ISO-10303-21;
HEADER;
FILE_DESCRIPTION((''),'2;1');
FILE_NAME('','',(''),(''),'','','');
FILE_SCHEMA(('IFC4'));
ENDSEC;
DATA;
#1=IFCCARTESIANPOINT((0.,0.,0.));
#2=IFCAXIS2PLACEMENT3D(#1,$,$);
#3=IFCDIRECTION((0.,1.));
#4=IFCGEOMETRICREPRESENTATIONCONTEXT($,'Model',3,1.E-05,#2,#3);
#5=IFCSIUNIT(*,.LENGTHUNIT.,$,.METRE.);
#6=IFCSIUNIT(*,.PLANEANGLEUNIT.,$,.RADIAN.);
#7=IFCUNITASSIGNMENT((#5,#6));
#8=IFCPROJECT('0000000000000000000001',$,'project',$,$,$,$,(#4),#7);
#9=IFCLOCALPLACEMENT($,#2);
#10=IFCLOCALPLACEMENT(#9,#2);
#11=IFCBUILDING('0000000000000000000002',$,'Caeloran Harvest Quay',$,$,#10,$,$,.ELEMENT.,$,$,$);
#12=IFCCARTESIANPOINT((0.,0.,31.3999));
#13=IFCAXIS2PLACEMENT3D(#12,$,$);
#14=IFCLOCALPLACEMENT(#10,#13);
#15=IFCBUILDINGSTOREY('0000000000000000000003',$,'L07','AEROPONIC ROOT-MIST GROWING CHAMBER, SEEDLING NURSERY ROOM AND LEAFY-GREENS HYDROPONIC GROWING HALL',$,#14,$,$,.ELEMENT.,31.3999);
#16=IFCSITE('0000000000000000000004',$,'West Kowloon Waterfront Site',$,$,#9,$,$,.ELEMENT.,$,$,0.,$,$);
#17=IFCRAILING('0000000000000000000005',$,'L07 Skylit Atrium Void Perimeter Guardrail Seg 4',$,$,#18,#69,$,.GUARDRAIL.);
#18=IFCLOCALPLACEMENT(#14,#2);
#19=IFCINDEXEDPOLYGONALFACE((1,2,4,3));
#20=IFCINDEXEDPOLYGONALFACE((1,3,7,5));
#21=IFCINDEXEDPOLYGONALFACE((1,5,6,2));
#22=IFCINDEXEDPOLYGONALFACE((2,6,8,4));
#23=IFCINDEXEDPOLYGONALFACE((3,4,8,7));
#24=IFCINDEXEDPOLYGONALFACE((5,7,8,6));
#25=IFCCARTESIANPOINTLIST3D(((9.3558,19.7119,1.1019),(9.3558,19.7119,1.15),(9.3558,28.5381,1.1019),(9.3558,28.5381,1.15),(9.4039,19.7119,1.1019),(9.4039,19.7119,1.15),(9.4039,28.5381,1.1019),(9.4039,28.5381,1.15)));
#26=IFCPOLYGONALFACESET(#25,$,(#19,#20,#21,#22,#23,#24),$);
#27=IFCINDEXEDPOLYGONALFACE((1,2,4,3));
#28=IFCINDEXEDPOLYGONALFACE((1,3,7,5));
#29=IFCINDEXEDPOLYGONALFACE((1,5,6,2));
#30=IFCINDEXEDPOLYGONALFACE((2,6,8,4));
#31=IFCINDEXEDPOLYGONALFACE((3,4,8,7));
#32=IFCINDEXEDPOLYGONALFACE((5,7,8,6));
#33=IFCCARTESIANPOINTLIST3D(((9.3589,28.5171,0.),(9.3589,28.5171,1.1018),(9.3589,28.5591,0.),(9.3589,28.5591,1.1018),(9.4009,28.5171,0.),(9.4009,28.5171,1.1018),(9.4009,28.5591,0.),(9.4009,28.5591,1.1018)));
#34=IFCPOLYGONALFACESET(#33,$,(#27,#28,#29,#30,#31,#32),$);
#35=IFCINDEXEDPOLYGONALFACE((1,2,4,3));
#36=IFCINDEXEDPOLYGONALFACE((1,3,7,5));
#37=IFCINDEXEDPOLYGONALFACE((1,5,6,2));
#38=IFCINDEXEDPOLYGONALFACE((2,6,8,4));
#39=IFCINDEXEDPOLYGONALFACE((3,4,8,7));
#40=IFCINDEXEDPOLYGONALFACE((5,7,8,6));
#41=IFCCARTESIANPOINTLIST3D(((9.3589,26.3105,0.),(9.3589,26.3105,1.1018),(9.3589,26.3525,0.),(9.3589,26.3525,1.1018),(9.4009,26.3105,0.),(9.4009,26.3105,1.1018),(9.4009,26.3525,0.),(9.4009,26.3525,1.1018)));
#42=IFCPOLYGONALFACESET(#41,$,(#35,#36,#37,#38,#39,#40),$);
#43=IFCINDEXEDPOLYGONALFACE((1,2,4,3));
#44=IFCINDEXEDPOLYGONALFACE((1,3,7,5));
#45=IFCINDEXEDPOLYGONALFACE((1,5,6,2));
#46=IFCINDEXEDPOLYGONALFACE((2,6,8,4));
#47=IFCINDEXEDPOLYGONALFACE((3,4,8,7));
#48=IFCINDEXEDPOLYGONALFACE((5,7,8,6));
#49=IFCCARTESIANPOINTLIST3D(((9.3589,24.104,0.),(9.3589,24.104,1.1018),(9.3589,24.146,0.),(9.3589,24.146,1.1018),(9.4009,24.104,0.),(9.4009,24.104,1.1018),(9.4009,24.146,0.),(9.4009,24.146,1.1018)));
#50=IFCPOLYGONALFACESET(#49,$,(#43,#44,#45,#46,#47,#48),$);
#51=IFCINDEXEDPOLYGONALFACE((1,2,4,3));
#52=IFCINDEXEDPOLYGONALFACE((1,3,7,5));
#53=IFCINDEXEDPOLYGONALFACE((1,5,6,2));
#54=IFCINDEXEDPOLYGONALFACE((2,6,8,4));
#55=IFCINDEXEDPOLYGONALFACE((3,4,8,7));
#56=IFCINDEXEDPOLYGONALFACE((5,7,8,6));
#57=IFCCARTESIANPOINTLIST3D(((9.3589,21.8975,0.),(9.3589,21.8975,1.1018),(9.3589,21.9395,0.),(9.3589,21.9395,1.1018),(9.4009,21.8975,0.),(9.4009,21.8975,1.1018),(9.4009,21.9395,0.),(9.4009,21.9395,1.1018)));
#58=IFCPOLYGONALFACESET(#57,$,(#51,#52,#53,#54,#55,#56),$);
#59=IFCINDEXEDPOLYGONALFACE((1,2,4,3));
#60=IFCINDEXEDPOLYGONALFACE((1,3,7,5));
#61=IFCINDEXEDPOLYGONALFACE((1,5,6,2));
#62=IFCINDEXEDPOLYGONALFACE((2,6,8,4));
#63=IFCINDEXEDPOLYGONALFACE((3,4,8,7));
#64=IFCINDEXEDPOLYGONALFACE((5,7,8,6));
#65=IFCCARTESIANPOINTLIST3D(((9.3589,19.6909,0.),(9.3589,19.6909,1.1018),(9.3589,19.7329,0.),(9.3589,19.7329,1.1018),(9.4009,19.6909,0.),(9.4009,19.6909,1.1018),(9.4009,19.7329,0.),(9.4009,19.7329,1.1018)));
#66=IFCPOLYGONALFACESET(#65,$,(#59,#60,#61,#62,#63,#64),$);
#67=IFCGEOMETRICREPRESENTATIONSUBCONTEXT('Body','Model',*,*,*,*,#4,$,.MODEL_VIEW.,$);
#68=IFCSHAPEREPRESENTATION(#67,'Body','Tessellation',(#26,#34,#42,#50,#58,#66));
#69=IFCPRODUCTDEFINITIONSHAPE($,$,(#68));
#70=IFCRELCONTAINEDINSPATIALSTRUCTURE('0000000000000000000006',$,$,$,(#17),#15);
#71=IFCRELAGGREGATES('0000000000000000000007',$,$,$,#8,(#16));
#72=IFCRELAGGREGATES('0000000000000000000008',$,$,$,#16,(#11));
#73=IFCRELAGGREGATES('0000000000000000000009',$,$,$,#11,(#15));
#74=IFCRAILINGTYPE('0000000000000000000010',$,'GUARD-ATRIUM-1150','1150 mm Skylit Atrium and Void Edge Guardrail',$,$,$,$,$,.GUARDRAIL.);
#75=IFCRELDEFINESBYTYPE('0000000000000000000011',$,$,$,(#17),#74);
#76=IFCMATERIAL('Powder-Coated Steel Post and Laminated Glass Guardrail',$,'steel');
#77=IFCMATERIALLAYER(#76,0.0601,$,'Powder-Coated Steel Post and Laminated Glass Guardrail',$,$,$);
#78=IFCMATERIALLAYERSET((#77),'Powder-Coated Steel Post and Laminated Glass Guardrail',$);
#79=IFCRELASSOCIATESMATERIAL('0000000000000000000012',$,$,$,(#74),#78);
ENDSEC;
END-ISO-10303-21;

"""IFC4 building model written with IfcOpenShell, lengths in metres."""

from ifc_helpers import new_model, si_unit, direction, frame, origin, origin_2d, place, context, subcontext, project, spatial, rectangle, extrude, material, layer, layer_set, type_object, element, save


model = new_model("IFC4")

# Units and contexts
model_context = context("Model", 3, precision=1e-05, world=origin(), true_north=direction((0.0, 1.0)))
body_context = subcontext(model_context, "Body", "Model", "MODEL_VIEW")
ifc_project = project(units=[si_unit("LENGTHUNIT", "METRE"), si_unit("PLANEANGLEUNIT", "RADIAN")], contexts=[model_context])

# Site, building, storey
site_placement = place(None, origin())
site = spatial("IfcSite", under=ifc_project, at=site_placement, Name="West Kowloon Waterfront Site", CompositionType="ELEMENT", RefElevation=0.0)
building_placement = place(site_placement, origin())
building = spatial("IfcBuilding", under=site, at=building_placement, Name="Caeloran Harvest Quay", CompositionType="ELEMENT")
storey_placement = place(building_placement, frame((0.0, 0.0, 31.3999)))
storey = spatial("IfcBuildingStorey", under=building, at=storey_placement, Name="L07", Description="AEROPONIC ROOT-MIST GROWING CHAMBER, SEEDLING NURSERY ROOM AND LEAFY-GREENS HYDROPONIC GROWING HALL", CompositionType="ELEMENT", Elevation=31.3999)

# Railing
ifc_material_1 = material(Name="Powder-Coated Steel Post and Laminated Glass Guardrail", Category="steel")
ifc_layer_1 = layer(ifc_material_1, 0.0601, Name="Powder-Coated Steel Post and Laminated Glass Guardrail")
ifc_layer_set_1 = layer_set([ifc_layer_1], Name="Powder-Coated Steel Post and Laminated Glass Guardrail")
railing_type = type_object("IfcRailingType", Name="GUARD-ATRIUM-1150", Description="1150 mm Skylit Atrium and Void Edge Guardrail", PredefinedType="GUARDRAIL", material=ifc_layer_set_1)
railing_placement = place(storey_placement, frame((9.3799, 28.5381, 0.0)))
element("IfcRailing", 1, at=railing_placement, inside=storey, type_object=railing_type, Name="L07 Skylit Atrium Void Perimeter Guardrail Seg 4", PredefinedType="GUARDRAIL", context=body_context, shape_type="SweptSolid", body=[
    extrude(rectangle(XDim=0.0481, YDim=0.0481, at=origin_2d()), frame((0.0, 0.0, 1.126), z_axis=(0.0, -1.0, 0.0), x_axis=(1.0, 0.0, 0.0)), (0.0, 0.0, 1.0), 8.8262),
    extrude(rectangle(XDim=0.042, YDim=0.042, at=origin_2d()), origin(), (0.0, 0.0, 1.0), 1.1018),
    extrude(rectangle(XDim=0.042, YDim=0.042, at=origin_2d()), frame((0.0, -2.2065, 0.0)), (0.0, 0.0, 1.0), 1.1018),
    extrude(rectangle(XDim=0.042, YDim=0.042, at=origin_2d()), frame((0.0, -4.4131, 0.0)), (0.0, 0.0, 1.0), 1.1018),
    extrude(rectangle(XDim=0.042, YDim=0.042, at=origin_2d()), frame((0.0, -6.6196, 0.0)), (0.0, 0.0, 1.0), 1.1018),
    extrude(rectangle(XDim=0.042, YDim=0.042, at=origin_2d()), frame((0.0, -8.8262, 0.0)), (0.0, 0.0, 1.0), 1.1018),
])

save(model, "model.ifc")
